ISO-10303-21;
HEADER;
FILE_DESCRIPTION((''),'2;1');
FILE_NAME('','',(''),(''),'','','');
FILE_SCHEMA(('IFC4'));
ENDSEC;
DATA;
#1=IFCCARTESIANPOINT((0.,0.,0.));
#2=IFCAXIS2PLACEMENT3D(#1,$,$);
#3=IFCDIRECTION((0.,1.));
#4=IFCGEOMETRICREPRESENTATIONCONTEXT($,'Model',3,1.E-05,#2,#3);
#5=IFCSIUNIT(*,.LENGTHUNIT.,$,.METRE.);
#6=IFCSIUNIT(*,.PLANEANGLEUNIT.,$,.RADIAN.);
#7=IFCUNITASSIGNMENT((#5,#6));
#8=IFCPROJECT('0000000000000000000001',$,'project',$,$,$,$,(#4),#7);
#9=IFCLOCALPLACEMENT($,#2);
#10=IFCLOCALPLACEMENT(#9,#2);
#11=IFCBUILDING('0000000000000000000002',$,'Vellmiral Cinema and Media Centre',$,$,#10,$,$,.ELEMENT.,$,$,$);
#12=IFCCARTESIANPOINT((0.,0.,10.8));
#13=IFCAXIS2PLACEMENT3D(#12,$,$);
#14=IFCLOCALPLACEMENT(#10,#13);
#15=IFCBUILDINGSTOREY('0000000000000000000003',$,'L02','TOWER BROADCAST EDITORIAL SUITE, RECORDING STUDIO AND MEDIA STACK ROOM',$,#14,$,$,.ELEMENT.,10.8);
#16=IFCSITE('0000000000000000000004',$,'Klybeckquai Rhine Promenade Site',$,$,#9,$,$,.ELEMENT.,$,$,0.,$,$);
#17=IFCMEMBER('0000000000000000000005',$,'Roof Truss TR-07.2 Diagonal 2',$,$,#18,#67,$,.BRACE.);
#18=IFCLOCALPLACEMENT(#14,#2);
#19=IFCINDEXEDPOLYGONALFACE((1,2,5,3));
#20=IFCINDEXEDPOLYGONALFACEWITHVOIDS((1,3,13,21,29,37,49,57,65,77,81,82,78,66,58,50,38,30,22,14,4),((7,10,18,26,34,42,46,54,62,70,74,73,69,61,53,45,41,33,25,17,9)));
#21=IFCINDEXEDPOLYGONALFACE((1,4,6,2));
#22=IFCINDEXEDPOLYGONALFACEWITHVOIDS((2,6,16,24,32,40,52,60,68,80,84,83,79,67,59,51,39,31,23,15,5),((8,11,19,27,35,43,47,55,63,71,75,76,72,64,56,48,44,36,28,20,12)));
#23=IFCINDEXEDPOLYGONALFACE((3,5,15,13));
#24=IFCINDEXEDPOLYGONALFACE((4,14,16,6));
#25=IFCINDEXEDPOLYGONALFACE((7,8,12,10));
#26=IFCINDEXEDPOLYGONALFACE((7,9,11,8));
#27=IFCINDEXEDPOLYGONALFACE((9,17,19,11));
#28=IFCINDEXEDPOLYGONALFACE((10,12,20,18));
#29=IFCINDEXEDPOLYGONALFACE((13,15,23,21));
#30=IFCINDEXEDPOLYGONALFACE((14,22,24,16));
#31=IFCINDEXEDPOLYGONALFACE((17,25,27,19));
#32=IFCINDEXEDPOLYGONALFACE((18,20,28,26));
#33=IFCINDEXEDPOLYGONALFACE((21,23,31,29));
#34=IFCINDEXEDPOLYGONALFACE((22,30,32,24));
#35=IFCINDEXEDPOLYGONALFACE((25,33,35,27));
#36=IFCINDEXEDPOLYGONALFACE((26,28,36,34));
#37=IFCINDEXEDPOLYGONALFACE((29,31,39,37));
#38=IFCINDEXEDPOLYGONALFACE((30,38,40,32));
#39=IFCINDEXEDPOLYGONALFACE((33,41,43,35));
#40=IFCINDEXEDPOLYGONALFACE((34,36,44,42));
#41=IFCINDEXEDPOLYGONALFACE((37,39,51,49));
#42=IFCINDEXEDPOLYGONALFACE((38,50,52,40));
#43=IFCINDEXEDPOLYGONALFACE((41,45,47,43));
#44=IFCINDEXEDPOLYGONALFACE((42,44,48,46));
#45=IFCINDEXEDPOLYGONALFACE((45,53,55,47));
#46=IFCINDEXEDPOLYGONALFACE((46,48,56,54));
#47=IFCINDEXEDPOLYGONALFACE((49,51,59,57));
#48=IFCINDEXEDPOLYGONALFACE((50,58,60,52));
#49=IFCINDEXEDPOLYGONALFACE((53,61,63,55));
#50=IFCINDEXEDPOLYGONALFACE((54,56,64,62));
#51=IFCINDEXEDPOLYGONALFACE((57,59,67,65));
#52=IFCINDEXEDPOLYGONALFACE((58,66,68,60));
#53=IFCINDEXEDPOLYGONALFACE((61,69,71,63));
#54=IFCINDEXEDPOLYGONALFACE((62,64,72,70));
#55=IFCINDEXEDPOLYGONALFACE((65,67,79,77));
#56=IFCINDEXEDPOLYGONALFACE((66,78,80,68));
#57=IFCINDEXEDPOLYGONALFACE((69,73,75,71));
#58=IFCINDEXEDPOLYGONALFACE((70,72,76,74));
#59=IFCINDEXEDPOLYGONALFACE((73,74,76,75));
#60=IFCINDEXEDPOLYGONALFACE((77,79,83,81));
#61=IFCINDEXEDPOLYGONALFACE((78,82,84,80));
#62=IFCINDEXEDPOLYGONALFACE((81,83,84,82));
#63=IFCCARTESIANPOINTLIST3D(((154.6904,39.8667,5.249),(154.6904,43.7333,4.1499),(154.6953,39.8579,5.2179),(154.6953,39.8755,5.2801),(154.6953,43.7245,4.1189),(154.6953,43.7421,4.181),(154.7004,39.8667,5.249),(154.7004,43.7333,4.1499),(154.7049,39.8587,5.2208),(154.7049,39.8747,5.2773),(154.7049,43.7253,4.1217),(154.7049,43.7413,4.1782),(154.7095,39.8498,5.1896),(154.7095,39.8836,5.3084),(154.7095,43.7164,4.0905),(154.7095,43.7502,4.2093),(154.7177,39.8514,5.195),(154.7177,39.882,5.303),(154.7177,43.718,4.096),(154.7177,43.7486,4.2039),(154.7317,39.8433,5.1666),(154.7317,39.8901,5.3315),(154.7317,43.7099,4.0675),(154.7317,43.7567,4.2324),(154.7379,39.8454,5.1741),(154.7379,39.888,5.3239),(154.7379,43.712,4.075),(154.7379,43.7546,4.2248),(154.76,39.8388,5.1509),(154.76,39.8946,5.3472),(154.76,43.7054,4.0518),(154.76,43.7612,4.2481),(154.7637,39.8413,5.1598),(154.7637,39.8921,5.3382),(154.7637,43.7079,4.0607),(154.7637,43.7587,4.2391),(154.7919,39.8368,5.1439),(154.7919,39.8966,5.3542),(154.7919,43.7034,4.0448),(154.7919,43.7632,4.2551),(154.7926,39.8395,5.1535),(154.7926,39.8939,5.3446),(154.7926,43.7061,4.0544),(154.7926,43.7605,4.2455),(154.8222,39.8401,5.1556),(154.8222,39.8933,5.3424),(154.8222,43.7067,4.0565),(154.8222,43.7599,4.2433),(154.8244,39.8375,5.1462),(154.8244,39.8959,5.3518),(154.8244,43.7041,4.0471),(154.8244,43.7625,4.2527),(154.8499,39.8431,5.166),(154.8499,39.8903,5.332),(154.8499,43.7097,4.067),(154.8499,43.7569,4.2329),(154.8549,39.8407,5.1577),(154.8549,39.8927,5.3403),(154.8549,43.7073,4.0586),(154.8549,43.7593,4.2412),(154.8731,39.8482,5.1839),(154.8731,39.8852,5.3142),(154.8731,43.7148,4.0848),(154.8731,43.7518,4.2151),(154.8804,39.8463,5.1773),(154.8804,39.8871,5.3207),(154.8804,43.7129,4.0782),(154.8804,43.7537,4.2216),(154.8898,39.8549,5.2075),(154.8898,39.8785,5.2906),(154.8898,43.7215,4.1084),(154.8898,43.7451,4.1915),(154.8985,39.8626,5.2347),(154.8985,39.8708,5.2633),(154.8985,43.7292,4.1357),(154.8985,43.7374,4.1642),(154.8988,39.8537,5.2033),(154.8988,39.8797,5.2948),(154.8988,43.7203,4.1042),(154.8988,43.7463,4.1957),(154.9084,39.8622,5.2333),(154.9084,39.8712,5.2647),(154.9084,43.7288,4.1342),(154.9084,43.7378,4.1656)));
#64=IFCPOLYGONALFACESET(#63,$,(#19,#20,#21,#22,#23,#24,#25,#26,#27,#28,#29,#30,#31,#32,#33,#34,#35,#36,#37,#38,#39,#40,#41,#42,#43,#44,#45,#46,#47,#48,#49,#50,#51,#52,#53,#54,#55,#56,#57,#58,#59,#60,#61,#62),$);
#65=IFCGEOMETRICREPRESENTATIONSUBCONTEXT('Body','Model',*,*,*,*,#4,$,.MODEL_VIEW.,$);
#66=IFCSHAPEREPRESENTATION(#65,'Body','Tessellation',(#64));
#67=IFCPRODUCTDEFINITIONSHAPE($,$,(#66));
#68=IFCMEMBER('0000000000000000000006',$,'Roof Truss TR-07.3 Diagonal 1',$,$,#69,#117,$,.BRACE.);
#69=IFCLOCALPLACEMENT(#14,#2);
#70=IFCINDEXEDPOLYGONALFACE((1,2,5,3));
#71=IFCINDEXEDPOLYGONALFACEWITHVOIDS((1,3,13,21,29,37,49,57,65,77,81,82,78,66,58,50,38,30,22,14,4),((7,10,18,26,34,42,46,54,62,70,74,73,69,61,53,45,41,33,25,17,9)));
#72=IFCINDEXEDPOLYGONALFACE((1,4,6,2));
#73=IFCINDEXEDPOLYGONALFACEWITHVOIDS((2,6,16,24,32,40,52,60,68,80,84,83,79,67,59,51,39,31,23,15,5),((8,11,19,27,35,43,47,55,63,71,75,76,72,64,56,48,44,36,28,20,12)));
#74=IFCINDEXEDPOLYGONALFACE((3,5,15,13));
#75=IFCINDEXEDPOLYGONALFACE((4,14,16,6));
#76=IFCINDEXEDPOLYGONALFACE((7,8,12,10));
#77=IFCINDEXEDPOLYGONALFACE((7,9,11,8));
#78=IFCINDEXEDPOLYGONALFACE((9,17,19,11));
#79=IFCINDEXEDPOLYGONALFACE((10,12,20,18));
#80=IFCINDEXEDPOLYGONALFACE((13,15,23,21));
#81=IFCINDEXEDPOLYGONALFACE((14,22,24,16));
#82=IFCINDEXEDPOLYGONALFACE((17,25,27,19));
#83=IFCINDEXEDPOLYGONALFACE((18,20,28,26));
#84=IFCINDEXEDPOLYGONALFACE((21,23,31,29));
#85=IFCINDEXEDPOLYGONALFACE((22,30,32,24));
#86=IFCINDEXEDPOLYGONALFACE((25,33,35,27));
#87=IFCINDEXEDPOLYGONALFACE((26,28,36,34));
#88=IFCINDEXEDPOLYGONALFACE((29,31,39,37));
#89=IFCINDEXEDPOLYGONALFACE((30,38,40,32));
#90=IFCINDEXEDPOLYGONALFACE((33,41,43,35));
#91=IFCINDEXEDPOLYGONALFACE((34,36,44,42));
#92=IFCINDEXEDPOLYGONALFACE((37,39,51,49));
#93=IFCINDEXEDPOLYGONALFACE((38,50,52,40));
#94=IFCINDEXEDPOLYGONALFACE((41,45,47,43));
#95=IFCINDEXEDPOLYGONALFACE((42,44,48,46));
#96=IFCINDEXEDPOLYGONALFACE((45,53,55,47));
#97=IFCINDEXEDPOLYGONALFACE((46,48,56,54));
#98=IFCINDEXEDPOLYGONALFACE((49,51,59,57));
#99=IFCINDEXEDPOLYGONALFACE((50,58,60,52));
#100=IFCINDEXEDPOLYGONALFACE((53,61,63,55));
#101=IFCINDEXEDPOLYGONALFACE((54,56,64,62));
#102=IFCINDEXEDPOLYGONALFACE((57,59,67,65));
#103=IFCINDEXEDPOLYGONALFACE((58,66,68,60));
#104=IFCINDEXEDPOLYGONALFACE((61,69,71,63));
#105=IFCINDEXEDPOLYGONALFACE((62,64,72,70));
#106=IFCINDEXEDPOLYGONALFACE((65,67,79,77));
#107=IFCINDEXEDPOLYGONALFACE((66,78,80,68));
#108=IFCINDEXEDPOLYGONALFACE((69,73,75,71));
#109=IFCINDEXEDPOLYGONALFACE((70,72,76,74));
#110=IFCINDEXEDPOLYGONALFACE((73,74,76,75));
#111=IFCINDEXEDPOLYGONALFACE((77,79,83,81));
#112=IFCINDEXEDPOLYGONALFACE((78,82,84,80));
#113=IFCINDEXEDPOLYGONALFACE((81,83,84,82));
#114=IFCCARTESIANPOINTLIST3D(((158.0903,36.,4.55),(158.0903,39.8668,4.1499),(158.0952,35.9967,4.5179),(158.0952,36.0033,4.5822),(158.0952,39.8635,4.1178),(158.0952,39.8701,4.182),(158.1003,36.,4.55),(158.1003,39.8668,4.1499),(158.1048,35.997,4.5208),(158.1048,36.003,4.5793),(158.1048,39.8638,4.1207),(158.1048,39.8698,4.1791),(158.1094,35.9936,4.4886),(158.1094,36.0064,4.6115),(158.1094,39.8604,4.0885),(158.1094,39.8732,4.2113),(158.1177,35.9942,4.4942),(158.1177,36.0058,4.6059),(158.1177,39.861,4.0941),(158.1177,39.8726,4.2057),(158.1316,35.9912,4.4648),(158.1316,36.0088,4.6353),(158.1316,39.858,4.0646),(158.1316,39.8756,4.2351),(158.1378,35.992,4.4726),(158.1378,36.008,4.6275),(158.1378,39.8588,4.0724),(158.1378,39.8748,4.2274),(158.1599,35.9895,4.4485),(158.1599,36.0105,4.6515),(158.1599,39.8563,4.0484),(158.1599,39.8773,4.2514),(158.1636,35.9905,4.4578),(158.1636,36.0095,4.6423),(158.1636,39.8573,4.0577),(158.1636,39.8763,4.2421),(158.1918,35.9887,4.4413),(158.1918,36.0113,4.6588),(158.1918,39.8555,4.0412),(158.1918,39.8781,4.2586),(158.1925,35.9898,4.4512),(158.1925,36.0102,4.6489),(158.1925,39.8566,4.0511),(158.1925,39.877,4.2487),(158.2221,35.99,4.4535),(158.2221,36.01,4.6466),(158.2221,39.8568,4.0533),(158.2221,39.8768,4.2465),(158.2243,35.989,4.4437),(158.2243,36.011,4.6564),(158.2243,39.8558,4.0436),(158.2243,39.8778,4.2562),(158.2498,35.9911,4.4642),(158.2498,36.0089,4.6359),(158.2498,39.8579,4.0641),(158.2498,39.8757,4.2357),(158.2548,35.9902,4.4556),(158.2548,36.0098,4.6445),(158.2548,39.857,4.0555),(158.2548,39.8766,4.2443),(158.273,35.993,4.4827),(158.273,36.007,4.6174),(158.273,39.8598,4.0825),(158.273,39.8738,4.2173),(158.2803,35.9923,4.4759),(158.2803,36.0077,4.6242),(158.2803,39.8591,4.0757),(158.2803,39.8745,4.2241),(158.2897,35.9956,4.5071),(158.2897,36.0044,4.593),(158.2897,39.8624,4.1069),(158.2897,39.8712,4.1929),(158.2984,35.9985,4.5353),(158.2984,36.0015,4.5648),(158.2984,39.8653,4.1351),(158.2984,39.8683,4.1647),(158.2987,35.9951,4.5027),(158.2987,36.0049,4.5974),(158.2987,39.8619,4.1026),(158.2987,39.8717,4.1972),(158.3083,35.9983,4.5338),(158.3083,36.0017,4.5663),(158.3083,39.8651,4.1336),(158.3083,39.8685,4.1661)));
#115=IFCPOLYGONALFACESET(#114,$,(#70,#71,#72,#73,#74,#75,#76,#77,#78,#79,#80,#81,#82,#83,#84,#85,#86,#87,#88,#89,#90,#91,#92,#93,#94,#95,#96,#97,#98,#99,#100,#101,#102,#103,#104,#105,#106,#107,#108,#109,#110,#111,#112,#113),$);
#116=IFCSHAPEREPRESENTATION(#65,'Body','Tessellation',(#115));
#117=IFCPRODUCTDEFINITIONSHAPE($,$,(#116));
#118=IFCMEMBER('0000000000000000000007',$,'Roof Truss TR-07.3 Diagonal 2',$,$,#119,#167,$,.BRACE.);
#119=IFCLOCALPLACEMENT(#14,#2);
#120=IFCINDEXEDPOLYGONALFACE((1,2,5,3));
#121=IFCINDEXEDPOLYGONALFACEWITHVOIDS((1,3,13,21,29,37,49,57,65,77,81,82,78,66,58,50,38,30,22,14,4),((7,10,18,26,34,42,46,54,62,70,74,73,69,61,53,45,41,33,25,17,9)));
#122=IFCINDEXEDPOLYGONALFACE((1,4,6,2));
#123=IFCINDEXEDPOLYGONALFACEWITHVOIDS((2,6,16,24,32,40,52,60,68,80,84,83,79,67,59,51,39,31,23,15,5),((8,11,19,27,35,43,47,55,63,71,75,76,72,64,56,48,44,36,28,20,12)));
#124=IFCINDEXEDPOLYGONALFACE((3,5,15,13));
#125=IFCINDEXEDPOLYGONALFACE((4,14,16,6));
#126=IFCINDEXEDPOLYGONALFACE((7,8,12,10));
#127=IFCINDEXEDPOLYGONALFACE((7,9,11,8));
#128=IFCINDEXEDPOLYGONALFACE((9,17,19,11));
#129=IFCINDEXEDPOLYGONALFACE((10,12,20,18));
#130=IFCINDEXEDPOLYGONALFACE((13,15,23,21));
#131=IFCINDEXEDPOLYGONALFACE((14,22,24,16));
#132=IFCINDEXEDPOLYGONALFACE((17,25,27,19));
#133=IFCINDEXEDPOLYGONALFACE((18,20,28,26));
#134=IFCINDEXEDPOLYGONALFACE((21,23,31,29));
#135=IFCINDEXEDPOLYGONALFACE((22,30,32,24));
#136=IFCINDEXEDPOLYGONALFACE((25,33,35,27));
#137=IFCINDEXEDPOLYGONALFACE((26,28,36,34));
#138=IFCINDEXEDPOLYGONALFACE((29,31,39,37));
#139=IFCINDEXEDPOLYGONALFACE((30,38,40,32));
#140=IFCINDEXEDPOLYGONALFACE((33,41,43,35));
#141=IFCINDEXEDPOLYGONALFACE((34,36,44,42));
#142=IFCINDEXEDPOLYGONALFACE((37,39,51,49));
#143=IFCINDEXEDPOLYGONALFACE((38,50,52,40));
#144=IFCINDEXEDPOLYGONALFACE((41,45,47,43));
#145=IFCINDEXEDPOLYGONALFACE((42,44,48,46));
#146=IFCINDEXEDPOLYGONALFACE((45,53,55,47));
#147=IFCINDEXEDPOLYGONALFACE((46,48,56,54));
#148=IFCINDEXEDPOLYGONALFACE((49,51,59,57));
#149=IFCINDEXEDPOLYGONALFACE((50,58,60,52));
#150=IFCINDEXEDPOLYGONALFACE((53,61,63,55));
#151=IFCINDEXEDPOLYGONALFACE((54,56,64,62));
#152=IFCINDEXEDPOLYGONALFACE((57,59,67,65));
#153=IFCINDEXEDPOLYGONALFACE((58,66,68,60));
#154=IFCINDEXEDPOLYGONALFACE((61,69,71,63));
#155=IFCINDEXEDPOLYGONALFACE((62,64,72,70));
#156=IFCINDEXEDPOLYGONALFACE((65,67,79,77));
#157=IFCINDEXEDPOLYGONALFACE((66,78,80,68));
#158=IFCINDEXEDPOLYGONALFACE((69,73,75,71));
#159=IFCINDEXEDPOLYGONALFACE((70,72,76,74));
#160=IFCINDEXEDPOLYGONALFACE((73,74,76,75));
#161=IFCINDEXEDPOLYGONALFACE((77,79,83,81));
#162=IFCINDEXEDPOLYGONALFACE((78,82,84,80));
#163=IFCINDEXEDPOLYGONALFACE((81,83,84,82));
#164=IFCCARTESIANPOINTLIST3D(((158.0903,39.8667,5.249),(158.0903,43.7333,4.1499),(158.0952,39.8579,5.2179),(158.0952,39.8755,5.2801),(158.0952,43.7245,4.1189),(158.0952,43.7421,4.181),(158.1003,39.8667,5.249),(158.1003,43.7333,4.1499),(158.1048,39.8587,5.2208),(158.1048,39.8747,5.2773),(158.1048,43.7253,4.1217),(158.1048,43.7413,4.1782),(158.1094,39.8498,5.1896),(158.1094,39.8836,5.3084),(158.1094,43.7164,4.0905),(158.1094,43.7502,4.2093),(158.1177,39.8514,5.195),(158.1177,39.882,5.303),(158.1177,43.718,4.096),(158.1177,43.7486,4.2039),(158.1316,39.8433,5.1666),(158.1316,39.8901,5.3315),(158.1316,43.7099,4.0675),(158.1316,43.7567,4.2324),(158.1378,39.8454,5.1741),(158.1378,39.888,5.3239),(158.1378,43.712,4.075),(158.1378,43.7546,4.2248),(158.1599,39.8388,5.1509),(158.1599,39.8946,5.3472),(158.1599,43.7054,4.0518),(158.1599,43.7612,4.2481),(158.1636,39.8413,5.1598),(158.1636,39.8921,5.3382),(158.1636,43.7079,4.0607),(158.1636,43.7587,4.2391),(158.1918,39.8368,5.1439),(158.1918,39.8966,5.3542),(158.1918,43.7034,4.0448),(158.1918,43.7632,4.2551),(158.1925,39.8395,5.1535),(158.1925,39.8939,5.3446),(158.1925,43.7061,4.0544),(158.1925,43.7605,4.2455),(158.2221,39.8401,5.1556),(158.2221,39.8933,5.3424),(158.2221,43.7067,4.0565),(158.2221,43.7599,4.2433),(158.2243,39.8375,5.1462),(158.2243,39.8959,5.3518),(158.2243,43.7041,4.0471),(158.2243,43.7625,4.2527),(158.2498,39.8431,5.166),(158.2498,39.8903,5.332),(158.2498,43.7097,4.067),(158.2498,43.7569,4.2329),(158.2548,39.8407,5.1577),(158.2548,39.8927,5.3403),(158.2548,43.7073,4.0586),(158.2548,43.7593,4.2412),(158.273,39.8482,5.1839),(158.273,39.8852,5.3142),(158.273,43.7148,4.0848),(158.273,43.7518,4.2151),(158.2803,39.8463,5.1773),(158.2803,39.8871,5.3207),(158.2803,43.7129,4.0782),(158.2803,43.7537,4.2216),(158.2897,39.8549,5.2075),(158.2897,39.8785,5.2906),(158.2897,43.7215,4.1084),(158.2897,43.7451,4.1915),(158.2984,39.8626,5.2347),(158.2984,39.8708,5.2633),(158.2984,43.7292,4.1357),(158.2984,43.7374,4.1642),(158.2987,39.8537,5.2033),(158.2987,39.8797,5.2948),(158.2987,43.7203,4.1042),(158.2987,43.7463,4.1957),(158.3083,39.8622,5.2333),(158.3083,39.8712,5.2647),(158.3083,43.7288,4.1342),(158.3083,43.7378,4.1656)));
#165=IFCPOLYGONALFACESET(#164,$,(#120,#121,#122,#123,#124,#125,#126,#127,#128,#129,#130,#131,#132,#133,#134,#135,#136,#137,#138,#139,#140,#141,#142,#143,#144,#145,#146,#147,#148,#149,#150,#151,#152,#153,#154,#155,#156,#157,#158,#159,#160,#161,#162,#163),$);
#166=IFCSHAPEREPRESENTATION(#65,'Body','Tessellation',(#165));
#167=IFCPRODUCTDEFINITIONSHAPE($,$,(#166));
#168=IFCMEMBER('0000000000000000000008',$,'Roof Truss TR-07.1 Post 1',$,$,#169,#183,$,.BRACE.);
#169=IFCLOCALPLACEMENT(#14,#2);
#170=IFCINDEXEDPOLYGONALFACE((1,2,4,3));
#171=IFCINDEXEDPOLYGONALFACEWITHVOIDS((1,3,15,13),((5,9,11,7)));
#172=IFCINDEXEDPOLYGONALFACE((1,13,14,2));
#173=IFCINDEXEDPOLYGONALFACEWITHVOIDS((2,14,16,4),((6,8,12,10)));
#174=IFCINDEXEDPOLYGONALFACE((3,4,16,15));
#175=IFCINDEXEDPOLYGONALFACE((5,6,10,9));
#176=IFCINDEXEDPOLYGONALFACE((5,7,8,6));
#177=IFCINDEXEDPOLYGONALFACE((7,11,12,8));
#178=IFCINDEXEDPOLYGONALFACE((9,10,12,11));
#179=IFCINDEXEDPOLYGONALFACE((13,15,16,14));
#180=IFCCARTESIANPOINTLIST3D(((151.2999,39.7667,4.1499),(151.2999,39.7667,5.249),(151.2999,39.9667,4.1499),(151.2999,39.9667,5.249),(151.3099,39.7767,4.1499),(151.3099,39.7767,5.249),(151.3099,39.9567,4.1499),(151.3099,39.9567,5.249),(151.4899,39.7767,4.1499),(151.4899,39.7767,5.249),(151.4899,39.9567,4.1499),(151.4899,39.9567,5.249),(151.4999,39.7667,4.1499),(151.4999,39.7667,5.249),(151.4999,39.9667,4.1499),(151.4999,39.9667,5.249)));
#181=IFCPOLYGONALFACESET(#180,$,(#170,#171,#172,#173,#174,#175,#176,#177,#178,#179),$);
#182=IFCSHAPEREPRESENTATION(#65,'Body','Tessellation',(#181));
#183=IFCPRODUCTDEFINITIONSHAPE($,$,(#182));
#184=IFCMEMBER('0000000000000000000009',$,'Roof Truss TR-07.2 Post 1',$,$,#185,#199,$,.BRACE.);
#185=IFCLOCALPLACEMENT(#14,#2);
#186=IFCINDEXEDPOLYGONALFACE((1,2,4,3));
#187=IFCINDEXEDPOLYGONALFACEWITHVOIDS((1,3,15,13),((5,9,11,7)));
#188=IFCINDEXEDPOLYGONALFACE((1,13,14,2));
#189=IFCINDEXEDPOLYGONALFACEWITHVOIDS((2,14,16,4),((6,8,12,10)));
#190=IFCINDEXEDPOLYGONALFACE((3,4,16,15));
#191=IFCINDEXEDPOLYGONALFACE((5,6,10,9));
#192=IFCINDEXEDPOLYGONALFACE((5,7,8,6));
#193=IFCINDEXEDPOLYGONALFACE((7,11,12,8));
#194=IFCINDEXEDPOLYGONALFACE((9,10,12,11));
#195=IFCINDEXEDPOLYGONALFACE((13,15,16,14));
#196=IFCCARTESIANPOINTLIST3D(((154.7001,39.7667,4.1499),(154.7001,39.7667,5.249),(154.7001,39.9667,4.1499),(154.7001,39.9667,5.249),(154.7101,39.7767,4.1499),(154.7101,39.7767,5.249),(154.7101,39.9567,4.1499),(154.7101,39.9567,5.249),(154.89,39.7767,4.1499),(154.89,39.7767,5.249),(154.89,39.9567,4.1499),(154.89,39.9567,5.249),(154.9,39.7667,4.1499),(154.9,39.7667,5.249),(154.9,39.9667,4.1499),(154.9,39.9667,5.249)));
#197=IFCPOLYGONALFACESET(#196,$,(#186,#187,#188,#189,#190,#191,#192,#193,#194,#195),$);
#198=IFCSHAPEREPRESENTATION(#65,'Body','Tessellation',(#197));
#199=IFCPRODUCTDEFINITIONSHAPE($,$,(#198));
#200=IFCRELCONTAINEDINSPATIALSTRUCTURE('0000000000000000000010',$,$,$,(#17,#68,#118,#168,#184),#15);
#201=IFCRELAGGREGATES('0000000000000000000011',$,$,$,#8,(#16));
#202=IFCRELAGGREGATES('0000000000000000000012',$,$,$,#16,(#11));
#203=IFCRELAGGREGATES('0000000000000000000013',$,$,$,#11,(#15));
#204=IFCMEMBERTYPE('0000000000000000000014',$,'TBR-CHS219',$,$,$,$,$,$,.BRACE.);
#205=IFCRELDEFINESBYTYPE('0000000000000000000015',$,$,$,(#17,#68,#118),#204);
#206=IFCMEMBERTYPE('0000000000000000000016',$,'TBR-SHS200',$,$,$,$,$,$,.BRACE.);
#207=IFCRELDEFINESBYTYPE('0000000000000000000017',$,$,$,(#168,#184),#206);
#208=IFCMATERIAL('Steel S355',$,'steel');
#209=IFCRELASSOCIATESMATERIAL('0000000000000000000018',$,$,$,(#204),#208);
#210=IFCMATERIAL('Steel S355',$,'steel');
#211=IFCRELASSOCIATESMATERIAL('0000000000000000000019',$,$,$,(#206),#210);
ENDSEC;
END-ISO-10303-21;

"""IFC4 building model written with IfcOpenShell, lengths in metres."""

from ifc_helpers import new_model, si_unit, direction, frame, origin, origin_2d, place, context, subcontext, project, spatial, hollow_rectangle, hollow_circle, extrude, material, material_profile, profile_set, type_object, element, save


model = new_model("IFC4")

# Units and contexts
model_context = context("Model", 3, precision=1e-05, world=origin(), true_north=direction((0.0, 1.0)))
body_context = subcontext(model_context, "Body", "Model", "MODEL_VIEW")
ifc_project = project(units=[si_unit("LENGTHUNIT", "METRE"), si_unit("PLANEANGLEUNIT", "RADIAN")], contexts=[model_context])

# Site, building, storey
site_placement = place(None, origin())
site = spatial("IfcSite", under=ifc_project, at=site_placement, Name="Klybeckquai Rhine Promenade Site", CompositionType="ELEMENT", RefElevation=0.0)
building_placement = place(site_placement, origin())
building = spatial("IfcBuilding", under=site, at=building_placement, Name="Vellmiral Cinema and Media Centre", CompositionType="ELEMENT")
storey_placement = place(building_placement, frame((0.0, 0.0, 10.8)))
storey = spatial("IfcBuildingStorey", under=building, at=storey_placement, Name="L02", Description="TOWER BROADCAST EDITORIAL SUITE, RECORDING STUDIO AND MEDIA STACK ROOM", CompositionType="ELEMENT", Elevation=10.8)

# Members
ifc_material_1 = material(Name="Steel S355", Category="steel")
ifc_material_profile_1 = material_profile(ifc_material_1, hollow_circle(Radius=0.1096, WallThickness=0.01, at=origin_2d()), Name="CHS 219.1x10.0")
ifc_profile_set_1 = profile_set([ifc_material_profile_1], Name="Steel S355")
member_type_1 = type_object("IfcMemberType", Name="TBR-CHS219", PredefinedType="BRACE", material=ifc_profile_set_1)
member_1_placement = place(storey_placement, frame((154.8, 39.8667, 5.249), z_axis=(0.0, 0.961894, -0.273421), x_axis=(-1.0, 0.0, 0.0)))
element("IfcMember", 1, at=member_1_placement, inside=storey, type_object=member_type_1, Name="Roof Truss TR-07.2 Diagonal 2", PredefinedType="BRACE", context=body_context, shape_type="SweptSolid", body=[
    extrude(hollow_circle(Radius=0.1096, WallThickness=0.01, at=origin_2d()), origin(), (0.0, 0.0, 1.0), 4.0198),
])
member_2_placement = place(storey_placement, frame((158.2, 36.0, 4.55), z_axis=(0.0, 0.994688, -0.102936), x_axis=(-1.0, 0.0, 0.0)))
element("IfcMember", 2, at=member_2_placement, inside=storey, type_object=member_type_1, Name="Roof Truss TR-07.3 Diagonal 1", PredefinedType="BRACE", context=body_context, shape_type="SweptSolid", body=[
    extrude(hollow_circle(Radius=0.1096, WallThickness=0.01, at=origin_2d()), origin(), (0.0, 0.0, 1.0), 3.8875),
])
member_3_placement = place(storey_placement, frame((158.2, 39.8667, 5.249), z_axis=(0.0, 0.961894, -0.273421), x_axis=(-1.0, 0.0, 0.0)))
element("IfcMember", 3, at=member_3_placement, inside=storey, type_object=member_type_1, Name="Roof Truss TR-07.3 Diagonal 2", PredefinedType="BRACE", context=body_context, shape_type="SweptSolid", body=[
    extrude(hollow_circle(Radius=0.1096, WallThickness=0.01, at=origin_2d()), origin(), (0.0, 0.0, 1.0), 4.0198),
])
ifc_material_2 = material(Name="Steel S355", Category="steel")
ifc_material_profile_2 = material_profile(ifc_material_2, hollow_rectangle(XDim=0.2, YDim=0.2, WallThickness=0.01, at=origin_2d()), Name="SHS 200x200x10.0")
ifc_profile_set_2 = profile_set([ifc_material_profile_2], Name="Steel S355")
member_type_2 = type_object("IfcMemberType", Name="TBR-SHS200", PredefinedType="BRACE", material=ifc_profile_set_2)
for number, where, z_axis, x_axis, name in (
    (4, (151.3999, 39.8667, 4.1499), (0.0, 0.0, 1.0), (1.0, 0.0, 0.0), "Roof Truss TR-07.1 Post 1"),
    (5, (154.8, 39.8667, 4.1499), (0.0, 0.0, 1.0), (1.0, 0.0, 0.0), "Roof Truss TR-07.2 Post 1"),
):
    element("IfcMember", number, at=place(storey_placement, frame(where, z_axis=z_axis, x_axis=x_axis)), inside=storey, type_object=member_type_2, Name=name, PredefinedType="BRACE", context=body_context, shape_type="SweptSolid", body=[
        extrude(hollow_rectangle(XDim=0.2, YDim=0.2, WallThickness=0.01, at=origin_2d()), origin(), (0.0, 0.0, 1.0), 1.0991),
    ])

save(model, "model.ifc")
